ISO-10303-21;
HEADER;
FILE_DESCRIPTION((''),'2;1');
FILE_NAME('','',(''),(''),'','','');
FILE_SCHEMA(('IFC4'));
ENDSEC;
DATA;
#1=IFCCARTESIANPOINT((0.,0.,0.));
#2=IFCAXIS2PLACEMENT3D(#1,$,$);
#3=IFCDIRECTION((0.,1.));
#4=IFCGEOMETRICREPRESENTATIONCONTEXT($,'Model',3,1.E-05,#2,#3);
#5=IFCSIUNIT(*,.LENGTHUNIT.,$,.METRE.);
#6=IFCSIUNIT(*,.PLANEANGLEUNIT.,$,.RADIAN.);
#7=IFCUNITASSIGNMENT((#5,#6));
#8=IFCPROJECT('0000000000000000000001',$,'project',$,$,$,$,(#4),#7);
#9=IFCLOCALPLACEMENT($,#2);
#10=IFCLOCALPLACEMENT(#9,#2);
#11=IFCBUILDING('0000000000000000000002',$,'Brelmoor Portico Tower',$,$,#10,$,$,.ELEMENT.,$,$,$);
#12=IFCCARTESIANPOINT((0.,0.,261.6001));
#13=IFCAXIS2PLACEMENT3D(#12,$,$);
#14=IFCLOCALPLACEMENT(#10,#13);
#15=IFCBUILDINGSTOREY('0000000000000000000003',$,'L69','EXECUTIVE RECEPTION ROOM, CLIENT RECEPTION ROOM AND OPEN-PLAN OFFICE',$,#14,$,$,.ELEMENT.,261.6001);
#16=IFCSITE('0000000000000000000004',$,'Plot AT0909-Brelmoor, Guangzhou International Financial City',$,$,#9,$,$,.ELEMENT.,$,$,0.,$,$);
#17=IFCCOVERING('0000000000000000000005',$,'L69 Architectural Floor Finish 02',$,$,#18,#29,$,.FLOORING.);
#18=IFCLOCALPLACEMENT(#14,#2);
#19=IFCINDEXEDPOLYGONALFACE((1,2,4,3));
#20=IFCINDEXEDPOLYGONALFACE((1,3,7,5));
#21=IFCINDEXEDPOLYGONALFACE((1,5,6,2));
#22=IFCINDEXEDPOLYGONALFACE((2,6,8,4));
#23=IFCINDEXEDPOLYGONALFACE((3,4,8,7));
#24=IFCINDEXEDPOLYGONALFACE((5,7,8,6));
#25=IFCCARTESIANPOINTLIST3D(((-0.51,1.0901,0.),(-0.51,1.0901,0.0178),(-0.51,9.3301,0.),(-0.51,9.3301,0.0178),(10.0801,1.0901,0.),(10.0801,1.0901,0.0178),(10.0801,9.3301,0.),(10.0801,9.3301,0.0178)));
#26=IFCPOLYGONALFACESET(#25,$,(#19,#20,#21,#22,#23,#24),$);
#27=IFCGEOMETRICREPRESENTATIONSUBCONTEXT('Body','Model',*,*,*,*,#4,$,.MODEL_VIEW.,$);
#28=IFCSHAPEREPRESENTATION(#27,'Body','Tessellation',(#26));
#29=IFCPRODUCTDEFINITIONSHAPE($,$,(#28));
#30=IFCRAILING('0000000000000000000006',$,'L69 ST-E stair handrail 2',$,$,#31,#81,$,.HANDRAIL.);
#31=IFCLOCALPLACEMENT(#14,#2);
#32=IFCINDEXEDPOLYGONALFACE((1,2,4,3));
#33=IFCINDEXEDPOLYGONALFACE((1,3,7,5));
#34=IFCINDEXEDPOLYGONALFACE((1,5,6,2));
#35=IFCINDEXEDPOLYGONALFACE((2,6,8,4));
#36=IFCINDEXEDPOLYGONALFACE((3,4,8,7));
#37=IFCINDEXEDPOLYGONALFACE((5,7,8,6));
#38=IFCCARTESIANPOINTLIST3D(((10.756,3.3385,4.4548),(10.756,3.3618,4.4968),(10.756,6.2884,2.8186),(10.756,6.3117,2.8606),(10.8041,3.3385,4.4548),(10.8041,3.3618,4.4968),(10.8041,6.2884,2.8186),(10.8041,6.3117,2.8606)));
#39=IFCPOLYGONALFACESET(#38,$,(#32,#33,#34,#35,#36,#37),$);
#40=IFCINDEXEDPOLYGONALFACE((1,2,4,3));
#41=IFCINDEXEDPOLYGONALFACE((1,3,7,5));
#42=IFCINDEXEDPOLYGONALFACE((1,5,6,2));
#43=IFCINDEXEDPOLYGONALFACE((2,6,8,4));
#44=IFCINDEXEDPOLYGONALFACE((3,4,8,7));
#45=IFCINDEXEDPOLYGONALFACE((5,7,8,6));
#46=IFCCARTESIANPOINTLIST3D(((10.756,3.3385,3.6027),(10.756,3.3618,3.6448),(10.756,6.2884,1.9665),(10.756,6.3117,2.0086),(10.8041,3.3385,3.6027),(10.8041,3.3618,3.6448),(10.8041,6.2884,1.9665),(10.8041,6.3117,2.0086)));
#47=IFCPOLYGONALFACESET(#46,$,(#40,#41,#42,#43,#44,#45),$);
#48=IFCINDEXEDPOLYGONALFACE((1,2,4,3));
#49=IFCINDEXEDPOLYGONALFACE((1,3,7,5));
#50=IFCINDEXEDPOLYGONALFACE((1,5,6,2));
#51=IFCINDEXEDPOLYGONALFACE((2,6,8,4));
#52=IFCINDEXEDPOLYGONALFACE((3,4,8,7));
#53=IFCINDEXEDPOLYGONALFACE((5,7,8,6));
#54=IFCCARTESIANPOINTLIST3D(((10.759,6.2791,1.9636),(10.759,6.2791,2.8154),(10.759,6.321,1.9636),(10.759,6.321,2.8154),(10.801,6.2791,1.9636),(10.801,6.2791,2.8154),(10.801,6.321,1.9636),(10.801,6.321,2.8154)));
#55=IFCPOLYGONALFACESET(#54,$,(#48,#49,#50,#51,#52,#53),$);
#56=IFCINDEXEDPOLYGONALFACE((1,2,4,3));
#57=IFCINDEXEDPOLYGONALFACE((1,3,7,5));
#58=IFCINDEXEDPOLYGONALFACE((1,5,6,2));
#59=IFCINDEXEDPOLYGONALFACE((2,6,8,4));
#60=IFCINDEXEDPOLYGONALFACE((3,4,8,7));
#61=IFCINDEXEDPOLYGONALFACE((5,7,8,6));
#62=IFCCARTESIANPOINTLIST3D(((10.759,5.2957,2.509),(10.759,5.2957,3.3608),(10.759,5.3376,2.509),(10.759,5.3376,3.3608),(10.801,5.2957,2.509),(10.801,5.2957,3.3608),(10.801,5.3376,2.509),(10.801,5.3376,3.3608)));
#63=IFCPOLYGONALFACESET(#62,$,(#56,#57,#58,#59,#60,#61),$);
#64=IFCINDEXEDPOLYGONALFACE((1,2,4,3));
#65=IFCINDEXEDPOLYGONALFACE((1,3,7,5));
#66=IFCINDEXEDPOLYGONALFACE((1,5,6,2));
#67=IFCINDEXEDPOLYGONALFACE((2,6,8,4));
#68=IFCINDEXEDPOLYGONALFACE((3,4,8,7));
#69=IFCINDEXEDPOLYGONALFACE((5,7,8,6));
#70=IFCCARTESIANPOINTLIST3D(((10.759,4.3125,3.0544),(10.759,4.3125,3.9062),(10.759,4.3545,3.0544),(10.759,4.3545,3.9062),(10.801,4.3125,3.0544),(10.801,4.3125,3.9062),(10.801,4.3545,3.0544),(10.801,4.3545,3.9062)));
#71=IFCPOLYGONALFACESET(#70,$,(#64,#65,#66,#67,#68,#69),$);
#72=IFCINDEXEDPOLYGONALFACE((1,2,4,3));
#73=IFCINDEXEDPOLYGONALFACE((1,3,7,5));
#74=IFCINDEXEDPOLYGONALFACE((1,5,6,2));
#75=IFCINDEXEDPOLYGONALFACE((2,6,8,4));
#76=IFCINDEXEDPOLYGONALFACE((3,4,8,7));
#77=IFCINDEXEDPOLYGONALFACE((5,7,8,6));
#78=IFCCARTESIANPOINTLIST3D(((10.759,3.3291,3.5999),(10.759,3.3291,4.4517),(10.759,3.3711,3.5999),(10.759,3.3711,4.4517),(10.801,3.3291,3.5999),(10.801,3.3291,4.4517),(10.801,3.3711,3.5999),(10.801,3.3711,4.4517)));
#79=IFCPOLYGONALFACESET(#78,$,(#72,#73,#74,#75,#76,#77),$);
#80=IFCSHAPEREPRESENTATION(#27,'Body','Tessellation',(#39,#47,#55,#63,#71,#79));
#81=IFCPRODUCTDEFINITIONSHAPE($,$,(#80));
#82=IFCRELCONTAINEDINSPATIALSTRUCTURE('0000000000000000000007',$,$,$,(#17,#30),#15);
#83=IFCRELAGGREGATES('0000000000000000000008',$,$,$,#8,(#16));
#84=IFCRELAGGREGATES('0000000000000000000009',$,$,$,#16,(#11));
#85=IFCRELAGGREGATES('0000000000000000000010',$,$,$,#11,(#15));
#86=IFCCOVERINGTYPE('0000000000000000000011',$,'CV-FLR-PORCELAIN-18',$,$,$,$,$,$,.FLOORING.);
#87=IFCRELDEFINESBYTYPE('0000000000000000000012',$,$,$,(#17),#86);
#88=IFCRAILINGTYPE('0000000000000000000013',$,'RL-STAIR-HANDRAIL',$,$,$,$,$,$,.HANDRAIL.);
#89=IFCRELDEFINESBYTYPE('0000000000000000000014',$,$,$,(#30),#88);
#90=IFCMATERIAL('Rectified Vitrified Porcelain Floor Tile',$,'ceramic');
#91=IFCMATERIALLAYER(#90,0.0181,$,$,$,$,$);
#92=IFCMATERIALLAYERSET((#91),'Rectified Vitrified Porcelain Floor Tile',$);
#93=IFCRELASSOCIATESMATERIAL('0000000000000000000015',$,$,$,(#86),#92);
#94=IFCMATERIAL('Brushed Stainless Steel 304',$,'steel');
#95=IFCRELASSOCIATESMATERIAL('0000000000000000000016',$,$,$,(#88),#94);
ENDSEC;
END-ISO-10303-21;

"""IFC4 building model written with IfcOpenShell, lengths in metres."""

from ifc_helpers import new_model, si_unit, direction, frame, origin, origin_2d, place, context, subcontext, project, spatial, polyline, rectangle, outline, extrude, material, layer, layer_set, type_object, element, save


model = new_model("IFC4")

# Units and contexts
model_context = context("Model", 3, precision=1e-05, world=origin(), true_north=direction((0.0, 1.0)))
body_context = subcontext(model_context, "Body", "Model", "MODEL_VIEW")
ifc_project = project(units=[si_unit("LENGTHUNIT", "METRE"), si_unit("PLANEANGLEUNIT", "RADIAN")], contexts=[model_context])

# Site, building, storey
site_placement = place(None, origin())
site = spatial("IfcSite", under=ifc_project, at=site_placement, Name="Plot AT0909-Brelmoor, Guangzhou International Financial City", CompositionType="ELEMENT", RefElevation=0.0)
building_placement = place(site_placement, origin())
building = spatial("IfcBuilding", under=site, at=building_placement, Name="Brelmoor Portico Tower", CompositionType="ELEMENT")
storey_placement = place(building_placement, frame((0.0, 0.0, 261.6001)))
storey = spatial("IfcBuildingStorey", under=building, at=storey_placement, Name="L69", Description="EXECUTIVE RECEPTION ROOM, CLIENT RECEPTION ROOM AND OPEN-PLAN OFFICE", CompositionType="ELEMENT", Elevation=261.6001)

# Covering
ifc_material_1 = material(Name="Rectified Vitrified Porcelain Floor Tile", Category="ceramic")
ifc_layer_1 = layer(ifc_material_1, 0.0181)
ifc_layer_set_1 = layer_set([ifc_layer_1], Name="Rectified Vitrified Porcelain Floor Tile")
covering_type_1 = type_object("IfcCoveringType", Name="CV-FLR-PORCELAIN-18", PredefinedType="FLOORING", material=ifc_layer_set_1)
covering_1_placement = place(storey_placement, origin())
element("IfcCovering", 1, at=covering_1_placement, inside=storey, type_object=covering_type_1, Name="L69 Architectural Floor Finish 02", PredefinedType="FLOORING", context=body_context, shape_type="SweptSolid", body=[
    extrude(outline(polyline([(-0.51, 1.0901), (-0.51, 9.3301), (10.0801, 9.3301), (10.0801, 1.0901), (-0.51, 1.0901)])), origin(), (0.0, 0.0, 1.0), 0.0178),
])

# Railing
ifc_material_2 = material(Name="Brushed Stainless Steel 304", Category="steel")
railing_type = type_object("IfcRailingType", Name="RL-STAIR-HANDRAIL", PredefinedType="HANDRAIL", material=ifc_material_2)
railing_placement = place(storey_placement, frame((10.78, 6.3, 1.9636)))
element("IfcRailing", 2, at=railing_placement, inside=storey, type_object=railing_type, Name="L69 ST-E stair handrail 2", PredefinedType="HANDRAIL", context=body_context, shape_type="SweptSolid", body=[
    extrude(rectangle(XDim=0.0481, YDim=0.0481, at=origin_2d()), frame((0.0, 0.0, 0.876), z_axis=(0.0, -0.874488, 0.485047), x_axis=(1.0, 0.0, 0.0)), (0.0, 0.0, 1.0), 3.3733),
    extrude(rectangle(XDim=0.0481, YDim=0.0481, at=origin_2d()), frame((0.0, 0.0, 0.0239), z_axis=(0.0, -0.874488, 0.485047), x_axis=(1.0, 0.0, 0.0)), (0.0, 0.0, 1.0), 3.3733),
    extrude(rectangle(XDim=0.042, YDim=0.042, at=origin_2d()), origin(), (0.0, 0.0, 1.0), 0.8518),
    extrude(rectangle(XDim=0.042, YDim=0.042, at=origin_2d()), frame((0.0, -0.9834, 0.5454)), (0.0, 0.0, 1.0), 0.8518),
    extrude(rectangle(XDim=0.042, YDim=0.042, at=origin_2d()), frame((0.0, -1.9666, 1.0908)), (0.0, 0.0, 1.0), 0.8518),
    extrude(rectangle(XDim=0.042, YDim=0.042, at=origin_2d()), frame((0.0, -2.95, 1.6362)), (0.0, 0.0, 1.0), 0.8518),
])

save(model, "model.ifc")
